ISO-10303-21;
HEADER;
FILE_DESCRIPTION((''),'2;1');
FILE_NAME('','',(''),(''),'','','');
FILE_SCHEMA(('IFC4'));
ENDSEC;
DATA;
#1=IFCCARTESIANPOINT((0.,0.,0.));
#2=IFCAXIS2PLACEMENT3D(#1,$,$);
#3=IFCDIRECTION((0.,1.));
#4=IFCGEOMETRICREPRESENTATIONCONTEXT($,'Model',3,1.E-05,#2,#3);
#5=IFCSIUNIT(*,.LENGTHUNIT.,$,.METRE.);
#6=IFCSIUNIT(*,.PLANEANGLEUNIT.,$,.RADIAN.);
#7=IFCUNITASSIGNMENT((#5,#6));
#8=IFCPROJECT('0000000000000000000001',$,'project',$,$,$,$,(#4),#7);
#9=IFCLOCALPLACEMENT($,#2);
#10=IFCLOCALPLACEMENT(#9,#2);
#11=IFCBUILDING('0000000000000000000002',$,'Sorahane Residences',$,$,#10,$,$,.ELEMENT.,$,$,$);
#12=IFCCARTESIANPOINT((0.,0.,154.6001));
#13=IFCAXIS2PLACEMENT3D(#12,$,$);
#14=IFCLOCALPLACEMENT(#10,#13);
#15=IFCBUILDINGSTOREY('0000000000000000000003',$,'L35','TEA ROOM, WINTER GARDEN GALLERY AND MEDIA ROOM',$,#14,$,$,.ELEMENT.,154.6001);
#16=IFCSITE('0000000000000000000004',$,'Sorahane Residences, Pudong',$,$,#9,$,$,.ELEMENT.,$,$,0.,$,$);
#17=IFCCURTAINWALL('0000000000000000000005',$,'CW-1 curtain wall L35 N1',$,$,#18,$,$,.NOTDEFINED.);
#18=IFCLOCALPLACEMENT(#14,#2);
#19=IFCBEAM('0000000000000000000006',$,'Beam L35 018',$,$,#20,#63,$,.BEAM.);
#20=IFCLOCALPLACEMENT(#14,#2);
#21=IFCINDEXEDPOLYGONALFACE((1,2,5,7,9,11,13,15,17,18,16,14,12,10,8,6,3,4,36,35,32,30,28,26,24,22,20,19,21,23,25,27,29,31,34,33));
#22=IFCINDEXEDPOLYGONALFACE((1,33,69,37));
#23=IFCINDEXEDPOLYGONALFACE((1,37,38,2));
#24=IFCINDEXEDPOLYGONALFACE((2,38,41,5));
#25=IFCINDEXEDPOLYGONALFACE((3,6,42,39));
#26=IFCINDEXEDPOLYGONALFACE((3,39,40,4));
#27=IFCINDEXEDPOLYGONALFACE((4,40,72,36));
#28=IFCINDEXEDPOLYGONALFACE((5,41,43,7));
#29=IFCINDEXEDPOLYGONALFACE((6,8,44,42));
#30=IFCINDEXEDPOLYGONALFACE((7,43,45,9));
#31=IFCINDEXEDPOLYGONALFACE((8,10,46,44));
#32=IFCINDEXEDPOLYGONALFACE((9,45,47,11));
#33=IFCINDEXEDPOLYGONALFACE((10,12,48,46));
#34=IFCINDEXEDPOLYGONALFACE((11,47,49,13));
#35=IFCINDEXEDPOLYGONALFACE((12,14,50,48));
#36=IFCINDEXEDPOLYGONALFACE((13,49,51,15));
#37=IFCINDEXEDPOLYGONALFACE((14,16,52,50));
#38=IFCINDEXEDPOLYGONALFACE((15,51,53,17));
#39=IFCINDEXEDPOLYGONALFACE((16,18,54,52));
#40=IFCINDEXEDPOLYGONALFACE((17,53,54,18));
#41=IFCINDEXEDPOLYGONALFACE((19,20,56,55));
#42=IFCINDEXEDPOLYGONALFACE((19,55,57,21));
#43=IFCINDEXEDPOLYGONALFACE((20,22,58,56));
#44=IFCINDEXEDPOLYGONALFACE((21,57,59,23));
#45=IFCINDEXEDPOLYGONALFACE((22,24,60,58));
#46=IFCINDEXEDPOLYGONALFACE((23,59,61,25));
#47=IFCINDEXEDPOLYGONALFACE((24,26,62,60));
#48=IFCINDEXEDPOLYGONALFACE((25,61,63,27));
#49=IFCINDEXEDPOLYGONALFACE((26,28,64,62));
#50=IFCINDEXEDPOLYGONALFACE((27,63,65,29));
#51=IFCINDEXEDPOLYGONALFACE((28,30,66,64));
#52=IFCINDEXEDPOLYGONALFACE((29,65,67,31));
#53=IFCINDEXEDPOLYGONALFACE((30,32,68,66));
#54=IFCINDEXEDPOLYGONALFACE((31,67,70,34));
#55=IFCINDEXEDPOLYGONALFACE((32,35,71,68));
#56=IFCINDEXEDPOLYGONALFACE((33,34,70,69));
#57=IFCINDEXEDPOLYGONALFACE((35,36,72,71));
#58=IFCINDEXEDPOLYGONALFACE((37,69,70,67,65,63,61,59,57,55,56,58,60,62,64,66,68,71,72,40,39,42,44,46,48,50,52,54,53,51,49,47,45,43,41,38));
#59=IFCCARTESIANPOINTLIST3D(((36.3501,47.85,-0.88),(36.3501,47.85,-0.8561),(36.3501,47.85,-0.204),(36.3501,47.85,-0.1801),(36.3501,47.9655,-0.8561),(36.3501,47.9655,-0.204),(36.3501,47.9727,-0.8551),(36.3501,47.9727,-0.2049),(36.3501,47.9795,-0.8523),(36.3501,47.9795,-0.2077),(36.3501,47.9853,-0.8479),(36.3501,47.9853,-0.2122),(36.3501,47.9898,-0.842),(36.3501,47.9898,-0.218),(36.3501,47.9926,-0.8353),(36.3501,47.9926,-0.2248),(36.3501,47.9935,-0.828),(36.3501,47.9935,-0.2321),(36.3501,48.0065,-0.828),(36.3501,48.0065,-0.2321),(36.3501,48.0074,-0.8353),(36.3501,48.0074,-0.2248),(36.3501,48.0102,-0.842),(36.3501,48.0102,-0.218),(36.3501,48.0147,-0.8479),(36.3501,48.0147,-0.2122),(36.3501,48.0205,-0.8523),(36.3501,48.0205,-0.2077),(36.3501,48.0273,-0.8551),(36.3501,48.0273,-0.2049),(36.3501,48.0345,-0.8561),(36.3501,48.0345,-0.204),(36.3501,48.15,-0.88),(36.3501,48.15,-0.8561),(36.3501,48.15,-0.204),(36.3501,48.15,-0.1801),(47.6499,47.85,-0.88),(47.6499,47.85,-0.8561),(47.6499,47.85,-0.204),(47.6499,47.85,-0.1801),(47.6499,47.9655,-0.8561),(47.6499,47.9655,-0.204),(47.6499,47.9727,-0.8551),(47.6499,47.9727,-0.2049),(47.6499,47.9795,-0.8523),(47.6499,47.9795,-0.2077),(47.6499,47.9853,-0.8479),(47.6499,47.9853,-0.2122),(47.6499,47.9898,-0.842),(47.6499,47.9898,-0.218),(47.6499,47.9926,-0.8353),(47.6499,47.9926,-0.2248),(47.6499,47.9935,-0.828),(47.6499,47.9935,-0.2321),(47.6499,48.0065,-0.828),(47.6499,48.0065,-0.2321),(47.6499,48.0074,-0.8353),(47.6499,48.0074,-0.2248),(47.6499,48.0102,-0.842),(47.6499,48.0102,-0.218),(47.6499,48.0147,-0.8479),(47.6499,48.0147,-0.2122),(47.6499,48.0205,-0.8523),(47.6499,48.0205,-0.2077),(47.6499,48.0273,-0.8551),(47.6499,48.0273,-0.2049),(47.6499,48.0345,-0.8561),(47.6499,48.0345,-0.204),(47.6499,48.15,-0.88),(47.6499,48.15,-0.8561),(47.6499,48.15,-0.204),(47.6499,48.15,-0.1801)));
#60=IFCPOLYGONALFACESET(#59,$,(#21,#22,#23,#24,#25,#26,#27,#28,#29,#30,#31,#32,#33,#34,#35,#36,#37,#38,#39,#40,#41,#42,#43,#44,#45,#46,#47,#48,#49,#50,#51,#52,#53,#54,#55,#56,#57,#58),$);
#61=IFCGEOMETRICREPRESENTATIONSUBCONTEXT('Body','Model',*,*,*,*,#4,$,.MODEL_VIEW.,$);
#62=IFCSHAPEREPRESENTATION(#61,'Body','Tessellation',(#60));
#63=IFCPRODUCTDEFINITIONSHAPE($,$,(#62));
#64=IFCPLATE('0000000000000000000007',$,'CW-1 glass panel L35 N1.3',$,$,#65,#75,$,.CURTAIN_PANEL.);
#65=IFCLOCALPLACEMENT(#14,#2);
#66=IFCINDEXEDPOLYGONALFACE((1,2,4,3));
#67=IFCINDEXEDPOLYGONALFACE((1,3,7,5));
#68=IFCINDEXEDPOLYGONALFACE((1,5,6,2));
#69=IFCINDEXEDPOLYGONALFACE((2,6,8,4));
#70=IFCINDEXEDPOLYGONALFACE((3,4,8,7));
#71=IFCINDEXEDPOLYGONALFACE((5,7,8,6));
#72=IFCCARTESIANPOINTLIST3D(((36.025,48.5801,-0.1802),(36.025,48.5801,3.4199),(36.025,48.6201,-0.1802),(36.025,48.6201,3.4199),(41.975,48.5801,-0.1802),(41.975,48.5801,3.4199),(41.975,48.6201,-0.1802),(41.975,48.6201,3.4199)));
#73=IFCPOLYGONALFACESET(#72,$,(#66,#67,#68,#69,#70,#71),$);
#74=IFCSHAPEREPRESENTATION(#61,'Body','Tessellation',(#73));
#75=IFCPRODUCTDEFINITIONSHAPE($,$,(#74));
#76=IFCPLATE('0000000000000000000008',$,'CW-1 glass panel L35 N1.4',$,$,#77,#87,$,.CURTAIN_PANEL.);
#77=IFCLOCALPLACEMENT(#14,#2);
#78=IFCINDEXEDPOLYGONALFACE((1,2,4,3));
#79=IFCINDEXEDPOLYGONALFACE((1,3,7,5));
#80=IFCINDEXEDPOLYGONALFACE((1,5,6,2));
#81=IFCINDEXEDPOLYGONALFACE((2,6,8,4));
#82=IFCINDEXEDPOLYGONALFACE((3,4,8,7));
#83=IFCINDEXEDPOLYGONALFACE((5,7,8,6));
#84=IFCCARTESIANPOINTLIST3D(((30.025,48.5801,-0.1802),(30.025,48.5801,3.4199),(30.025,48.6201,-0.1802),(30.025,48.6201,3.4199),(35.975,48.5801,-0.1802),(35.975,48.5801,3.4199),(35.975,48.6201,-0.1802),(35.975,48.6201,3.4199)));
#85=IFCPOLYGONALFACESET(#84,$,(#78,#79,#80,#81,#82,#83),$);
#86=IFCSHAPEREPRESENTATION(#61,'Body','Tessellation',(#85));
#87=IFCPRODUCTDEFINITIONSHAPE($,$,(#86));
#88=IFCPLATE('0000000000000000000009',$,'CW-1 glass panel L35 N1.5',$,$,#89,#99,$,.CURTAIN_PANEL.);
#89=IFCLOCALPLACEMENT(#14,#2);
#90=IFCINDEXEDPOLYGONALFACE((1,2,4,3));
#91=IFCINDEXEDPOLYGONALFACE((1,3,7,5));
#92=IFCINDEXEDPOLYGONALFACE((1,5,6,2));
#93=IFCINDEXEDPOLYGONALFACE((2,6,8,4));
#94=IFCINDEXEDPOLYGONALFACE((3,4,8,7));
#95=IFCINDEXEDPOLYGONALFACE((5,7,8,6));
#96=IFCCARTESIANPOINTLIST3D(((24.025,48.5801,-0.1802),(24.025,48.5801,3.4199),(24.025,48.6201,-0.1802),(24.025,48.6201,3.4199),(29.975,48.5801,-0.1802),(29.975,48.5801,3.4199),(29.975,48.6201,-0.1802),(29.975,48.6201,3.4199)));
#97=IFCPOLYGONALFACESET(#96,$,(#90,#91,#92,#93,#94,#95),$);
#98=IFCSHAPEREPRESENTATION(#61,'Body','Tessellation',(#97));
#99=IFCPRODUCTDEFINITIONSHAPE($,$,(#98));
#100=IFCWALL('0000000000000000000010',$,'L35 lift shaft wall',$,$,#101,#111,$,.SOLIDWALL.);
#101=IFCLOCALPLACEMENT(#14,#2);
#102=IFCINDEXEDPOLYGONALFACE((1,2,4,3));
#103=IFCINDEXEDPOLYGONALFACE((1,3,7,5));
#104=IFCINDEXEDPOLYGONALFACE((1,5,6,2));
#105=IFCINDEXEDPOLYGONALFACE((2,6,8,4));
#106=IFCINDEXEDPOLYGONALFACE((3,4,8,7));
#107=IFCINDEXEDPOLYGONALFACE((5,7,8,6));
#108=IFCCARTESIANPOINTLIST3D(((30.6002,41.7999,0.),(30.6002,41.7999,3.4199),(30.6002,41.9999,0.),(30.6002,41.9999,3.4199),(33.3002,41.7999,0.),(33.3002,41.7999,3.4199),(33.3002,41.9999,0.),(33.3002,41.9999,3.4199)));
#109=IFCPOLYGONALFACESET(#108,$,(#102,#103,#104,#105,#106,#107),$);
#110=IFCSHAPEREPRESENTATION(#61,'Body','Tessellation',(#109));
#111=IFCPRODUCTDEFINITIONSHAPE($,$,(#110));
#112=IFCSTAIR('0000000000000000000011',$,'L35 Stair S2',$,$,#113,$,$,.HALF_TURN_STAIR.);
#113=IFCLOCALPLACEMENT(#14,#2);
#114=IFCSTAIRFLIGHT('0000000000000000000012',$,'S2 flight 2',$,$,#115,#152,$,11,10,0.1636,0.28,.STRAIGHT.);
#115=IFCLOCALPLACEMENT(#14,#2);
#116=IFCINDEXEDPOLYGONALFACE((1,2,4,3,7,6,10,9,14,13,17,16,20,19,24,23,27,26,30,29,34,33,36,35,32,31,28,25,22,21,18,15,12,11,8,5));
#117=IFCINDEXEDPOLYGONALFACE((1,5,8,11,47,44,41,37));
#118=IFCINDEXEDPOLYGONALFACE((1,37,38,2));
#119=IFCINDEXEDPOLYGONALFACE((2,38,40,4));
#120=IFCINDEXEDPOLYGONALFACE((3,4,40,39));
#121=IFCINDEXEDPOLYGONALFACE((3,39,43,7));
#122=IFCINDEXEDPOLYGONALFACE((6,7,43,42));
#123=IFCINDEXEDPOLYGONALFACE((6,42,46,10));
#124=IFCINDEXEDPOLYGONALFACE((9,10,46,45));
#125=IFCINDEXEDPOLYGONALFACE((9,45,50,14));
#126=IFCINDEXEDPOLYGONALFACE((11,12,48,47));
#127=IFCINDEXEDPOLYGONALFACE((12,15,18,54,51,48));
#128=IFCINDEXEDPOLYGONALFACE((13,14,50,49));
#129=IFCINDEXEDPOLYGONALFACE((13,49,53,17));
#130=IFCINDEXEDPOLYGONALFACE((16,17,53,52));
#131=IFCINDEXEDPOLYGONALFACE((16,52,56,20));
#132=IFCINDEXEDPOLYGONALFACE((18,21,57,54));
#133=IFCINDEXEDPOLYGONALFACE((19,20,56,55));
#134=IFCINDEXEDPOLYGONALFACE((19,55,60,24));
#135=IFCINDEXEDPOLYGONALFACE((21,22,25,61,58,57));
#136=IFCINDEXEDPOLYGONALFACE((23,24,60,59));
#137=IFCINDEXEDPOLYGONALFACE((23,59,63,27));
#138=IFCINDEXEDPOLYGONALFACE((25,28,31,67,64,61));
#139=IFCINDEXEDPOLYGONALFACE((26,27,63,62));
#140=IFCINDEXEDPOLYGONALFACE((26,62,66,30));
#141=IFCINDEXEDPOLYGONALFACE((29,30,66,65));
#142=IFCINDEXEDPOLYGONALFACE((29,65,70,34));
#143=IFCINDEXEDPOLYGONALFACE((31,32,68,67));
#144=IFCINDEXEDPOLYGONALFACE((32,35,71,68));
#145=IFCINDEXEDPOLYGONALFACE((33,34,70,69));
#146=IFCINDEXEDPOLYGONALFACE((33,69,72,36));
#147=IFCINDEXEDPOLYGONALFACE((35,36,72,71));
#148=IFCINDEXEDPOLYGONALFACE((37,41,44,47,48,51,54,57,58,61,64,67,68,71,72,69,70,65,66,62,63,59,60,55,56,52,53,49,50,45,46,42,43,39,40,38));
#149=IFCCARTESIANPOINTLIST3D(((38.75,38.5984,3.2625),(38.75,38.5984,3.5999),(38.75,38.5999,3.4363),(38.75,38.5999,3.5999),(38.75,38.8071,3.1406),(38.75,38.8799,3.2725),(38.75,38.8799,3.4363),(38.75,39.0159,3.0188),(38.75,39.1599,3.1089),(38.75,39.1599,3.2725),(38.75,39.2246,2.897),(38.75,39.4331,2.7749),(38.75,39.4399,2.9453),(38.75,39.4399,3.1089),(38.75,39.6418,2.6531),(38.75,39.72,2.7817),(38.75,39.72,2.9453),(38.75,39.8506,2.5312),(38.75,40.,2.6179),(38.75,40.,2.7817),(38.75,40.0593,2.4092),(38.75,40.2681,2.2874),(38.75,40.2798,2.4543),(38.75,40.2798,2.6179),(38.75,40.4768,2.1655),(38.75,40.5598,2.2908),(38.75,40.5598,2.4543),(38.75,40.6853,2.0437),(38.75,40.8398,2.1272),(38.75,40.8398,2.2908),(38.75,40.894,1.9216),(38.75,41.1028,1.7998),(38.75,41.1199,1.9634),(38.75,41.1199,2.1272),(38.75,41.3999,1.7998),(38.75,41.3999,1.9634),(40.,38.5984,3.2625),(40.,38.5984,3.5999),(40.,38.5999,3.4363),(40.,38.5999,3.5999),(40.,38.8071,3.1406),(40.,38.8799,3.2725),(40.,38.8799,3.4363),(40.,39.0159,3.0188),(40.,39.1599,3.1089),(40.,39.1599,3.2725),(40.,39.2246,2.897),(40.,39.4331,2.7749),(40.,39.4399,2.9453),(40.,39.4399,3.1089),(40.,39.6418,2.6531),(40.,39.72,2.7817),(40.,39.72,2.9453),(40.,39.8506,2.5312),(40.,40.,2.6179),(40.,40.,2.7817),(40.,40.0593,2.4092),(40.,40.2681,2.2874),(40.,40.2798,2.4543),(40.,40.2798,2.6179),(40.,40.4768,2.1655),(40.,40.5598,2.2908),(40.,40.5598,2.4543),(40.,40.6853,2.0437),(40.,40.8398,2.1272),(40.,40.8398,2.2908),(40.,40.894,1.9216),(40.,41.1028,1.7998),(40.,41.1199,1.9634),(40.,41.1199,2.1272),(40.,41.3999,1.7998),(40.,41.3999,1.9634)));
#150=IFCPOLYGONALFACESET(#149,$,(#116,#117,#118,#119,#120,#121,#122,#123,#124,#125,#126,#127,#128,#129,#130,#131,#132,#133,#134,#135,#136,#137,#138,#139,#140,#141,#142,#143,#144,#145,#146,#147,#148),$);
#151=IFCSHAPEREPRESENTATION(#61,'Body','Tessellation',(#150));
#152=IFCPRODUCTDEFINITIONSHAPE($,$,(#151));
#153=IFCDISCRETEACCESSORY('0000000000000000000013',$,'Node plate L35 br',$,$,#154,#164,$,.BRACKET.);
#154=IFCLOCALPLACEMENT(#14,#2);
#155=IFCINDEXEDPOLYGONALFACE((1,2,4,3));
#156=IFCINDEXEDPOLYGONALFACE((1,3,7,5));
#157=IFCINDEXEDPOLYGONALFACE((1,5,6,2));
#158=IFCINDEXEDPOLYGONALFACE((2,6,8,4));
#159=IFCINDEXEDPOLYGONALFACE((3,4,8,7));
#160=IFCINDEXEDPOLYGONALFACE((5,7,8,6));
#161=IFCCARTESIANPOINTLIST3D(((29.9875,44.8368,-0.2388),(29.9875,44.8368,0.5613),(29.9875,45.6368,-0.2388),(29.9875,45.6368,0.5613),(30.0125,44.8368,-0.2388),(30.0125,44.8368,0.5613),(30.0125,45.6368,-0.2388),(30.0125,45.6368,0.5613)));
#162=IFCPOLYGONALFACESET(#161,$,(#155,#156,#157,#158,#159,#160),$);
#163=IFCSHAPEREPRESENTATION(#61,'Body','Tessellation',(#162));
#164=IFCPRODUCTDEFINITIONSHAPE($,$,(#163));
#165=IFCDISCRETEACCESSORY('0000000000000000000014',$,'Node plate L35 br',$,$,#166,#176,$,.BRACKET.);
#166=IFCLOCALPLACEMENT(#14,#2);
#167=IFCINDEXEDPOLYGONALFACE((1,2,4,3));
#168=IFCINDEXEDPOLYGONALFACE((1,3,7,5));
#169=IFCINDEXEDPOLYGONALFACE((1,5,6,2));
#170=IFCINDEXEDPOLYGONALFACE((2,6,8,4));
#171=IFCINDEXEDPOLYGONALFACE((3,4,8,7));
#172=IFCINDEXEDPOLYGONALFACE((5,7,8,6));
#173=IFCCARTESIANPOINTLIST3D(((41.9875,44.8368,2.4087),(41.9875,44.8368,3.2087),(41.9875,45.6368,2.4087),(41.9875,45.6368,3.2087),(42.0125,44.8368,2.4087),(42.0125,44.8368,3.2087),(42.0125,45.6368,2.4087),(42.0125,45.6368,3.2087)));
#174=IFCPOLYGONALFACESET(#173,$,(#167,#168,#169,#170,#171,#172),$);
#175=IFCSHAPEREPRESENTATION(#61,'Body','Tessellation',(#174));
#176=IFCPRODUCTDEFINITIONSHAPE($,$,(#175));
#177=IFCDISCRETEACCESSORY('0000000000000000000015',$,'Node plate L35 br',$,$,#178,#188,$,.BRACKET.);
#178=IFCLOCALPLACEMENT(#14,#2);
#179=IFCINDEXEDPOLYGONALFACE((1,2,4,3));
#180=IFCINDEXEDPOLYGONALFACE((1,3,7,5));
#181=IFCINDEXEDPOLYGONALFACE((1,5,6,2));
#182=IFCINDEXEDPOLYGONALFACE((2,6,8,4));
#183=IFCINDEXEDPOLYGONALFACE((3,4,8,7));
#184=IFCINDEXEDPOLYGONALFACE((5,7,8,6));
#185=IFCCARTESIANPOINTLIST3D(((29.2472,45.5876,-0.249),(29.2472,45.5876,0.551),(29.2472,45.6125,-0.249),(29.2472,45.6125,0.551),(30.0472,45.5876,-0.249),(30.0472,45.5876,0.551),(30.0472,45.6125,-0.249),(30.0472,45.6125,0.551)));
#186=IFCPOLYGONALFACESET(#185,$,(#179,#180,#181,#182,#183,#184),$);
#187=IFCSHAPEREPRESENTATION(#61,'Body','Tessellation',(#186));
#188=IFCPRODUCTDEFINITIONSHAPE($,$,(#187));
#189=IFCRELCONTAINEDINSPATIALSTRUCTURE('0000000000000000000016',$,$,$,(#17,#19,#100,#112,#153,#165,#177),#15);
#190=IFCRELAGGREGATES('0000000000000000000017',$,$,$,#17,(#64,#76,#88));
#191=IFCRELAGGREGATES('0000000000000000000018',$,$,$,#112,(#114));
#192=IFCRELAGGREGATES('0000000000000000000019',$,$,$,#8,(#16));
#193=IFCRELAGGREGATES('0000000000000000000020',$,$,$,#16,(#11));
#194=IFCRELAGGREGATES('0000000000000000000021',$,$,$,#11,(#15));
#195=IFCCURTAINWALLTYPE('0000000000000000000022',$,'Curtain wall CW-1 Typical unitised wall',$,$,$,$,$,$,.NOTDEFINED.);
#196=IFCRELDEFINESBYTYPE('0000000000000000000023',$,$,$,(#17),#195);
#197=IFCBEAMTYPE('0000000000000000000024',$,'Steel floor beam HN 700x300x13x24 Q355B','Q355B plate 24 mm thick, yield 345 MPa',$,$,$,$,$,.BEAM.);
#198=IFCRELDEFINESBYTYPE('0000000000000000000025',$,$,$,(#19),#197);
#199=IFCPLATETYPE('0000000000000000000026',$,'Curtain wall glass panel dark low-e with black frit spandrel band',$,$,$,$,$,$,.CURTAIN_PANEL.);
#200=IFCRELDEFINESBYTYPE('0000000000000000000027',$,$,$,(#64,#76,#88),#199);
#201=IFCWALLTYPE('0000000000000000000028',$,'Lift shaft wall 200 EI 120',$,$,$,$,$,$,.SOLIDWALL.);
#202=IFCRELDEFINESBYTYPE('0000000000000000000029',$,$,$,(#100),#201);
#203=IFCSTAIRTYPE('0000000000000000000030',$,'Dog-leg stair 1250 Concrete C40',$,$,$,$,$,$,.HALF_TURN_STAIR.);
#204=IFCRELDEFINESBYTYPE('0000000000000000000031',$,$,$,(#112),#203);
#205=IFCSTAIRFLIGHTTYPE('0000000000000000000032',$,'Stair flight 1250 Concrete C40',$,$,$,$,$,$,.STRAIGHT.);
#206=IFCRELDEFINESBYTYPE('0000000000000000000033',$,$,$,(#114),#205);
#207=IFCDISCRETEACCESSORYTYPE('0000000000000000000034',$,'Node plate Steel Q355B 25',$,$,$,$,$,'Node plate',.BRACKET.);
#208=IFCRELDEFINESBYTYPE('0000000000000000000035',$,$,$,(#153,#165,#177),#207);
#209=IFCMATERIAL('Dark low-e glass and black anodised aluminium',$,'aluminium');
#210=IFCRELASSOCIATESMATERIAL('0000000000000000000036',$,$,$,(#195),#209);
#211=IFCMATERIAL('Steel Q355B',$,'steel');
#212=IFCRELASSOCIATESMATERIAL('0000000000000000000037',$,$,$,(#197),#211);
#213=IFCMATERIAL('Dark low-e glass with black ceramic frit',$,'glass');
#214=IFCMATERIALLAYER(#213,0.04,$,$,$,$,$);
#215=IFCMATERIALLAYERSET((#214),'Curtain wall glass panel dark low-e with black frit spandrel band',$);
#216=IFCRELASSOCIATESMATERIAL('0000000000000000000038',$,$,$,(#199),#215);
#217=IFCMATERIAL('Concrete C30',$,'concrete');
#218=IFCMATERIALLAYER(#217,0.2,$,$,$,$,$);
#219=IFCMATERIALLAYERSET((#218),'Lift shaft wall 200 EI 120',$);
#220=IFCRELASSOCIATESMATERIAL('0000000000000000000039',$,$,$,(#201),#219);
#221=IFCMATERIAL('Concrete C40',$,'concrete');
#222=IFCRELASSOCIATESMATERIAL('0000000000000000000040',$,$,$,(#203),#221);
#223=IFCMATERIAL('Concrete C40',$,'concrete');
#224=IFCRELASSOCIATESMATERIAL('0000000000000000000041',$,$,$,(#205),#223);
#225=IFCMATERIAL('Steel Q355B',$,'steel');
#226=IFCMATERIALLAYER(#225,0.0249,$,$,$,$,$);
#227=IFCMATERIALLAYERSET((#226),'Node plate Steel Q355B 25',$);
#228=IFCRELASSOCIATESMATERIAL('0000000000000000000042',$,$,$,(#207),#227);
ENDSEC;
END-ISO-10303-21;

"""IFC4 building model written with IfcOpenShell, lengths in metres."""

from ifc_helpers import new_model, si_unit, direction, frame, frame_2d, origin, origin_2d, place, context, subcontext, project, spatial, polyline, rectangle, i_section, outline, extrude, material, layer, layer_set, material_profile, profile_set, type_object, element, aggregate, save


model = new_model("IFC4")

# Units and contexts
model_context = context("Model", 3, precision=1e-05, world=origin(), true_north=direction((0.0, 1.0)))
body_context = subcontext(model_context, "Body", "Model", "MODEL_VIEW")
ifc_project = project(units=[si_unit("LENGTHUNIT", "METRE"), si_unit("PLANEANGLEUNIT", "RADIAN")], contexts=[model_context])

# Site, building, storey
site_placement = place(None, origin())
site = spatial("IfcSite", under=ifc_project, at=site_placement, Name="Sorahane Residences, Pudong", CompositionType="ELEMENT", RefElevation=0.0)
building_placement = place(site_placement, origin())
building = spatial("IfcBuilding", under=site, at=building_placement, Name="Sorahane Residences", CompositionType="ELEMENT")
storey_placement = place(building_placement, frame((0.0, 0.0, 154.6001)))
storey = spatial("IfcBuildingStorey", under=building, at=storey_placement, Name="L35", Description="TEA ROOM, WINTER GARDEN GALLERY AND MEDIA ROOM", CompositionType="ELEMENT", Elevation=154.6001)

# Curtain wall
ifc_material_1 = material(Name="Dark low-e glass and black anodised aluminium", Category="aluminium")
curtain_wall_type = type_object("IfcCurtainWallType", Name="Curtain wall CW-1 Typical unitised wall", PredefinedType="NOTDEFINED", material=ifc_material_1)
curtain_wall_placement = place(storey_placement, origin())
curtain_wall = element("IfcCurtainWall", 1, at=curtain_wall_placement, inside=storey, type_object=curtain_wall_type, Name="CW-1 curtain wall L35 N1", PredefinedType="NOTDEFINED")

# Beam
ifc_material_2 = material(Name="Steel Q355B", Category="steel")
ifc_material_profile_1 = material_profile(ifc_material_2, i_section(OverallWidth=0.3, OverallDepth=0.7, WebThickness=0.0129, FlangeThickness=0.0239, FilletRadius=0.0281, at=origin_2d()), Name="HN 700x300x13x24")
ifc_profile_set_1 = profile_set([ifc_material_profile_1], Name="Steel Q355B")
beam_type_1 = type_object("IfcBeamType", Name="Steel floor beam HN 700x300x13x24 Q355B", Description="Q355B plate 24 mm thick, yield 345 MPa", PredefinedType="BEAM", material=ifc_profile_set_1)
beam_1_placement = place(storey_placement, frame((36.3501, 48.0, -0.53), z_axis=(1.0, 0.0, 0.0), x_axis=(0.0, 1.0, 0.0)))
element("IfcBeam", 2, at=beam_1_placement, inside=storey, type_object=beam_type_1, Name="Beam L35 018", PredefinedType="BEAM", context=body_context, shape_type="SweptSolid", body=[
    extrude(i_section(OverallWidth=0.3, OverallDepth=0.7, WebThickness=0.0129, FlangeThickness=0.0239, FilletRadius=0.0281, at=origin_2d()), origin(), (0.0, 0.0, 1.0), 11.2998),
])

# Plates
ifc_material_3 = material(Name="Dark low-e glass with black ceramic frit", Category="glass")
ifc_layer_1 = layer(ifc_material_3, 0.04)
ifc_layer_set_1 = layer_set([ifc_layer_1], Name="Curtain wall glass panel dark low-e with black frit spandrel band")
plate_type = type_object("IfcPlateType", Name="Curtain wall glass panel dark low-e with black frit spandrel band", PredefinedType="CURTAIN_PANEL", material=ifc_layer_set_1)
plate_1_placement = place(storey_placement, frame((39.0, 48.6001, -0.1802), z_axis=(0.0, 0.0, 1.0), x_axis=(-1.0, 0.0, 0.0)))
plate_1 = element("IfcPlate", 3, at=plate_1_placement, type_object=plate_type, Name="CW-1 glass panel L35 N1.3", PredefinedType="CURTAIN_PANEL", context=body_context, shape_type="SweptSolid", body=[
    extrude(rectangle(XDim=5.95, YDim=0.04, at=origin_2d()), origin(), (0.0, 0.0, 1.0), 3.6001),
])
plate_2_placement = place(storey_placement, frame((33.0, 48.6001, -0.1802), z_axis=(0.0, 0.0, 1.0), x_axis=(-1.0, 0.0, 0.0)))
plate_2 = element("IfcPlate", 4, at=plate_2_placement, type_object=plate_type, Name="CW-1 glass panel L35 N1.4", PredefinedType="CURTAIN_PANEL", context=body_context, shape_type="SweptSolid", body=[
    extrude(rectangle(XDim=5.95, YDim=0.04, at=origin_2d()), origin(), (0.0, 0.0, 1.0), 3.6001),
])
plate_3_placement = place(storey_placement, frame((27.0, 48.6001, -0.1802), z_axis=(0.0, 0.0, 1.0), x_axis=(-1.0, 0.0, 0.0)))
plate_3 = element("IfcPlate", 5, at=plate_3_placement, type_object=plate_type, Name="CW-1 glass panel L35 N1.5", PredefinedType="CURTAIN_PANEL", context=body_context, shape_type="SweptSolid", body=[
    extrude(rectangle(XDim=5.95, YDim=0.04, at=origin_2d()), origin(), (0.0, 0.0, 1.0), 3.6001),
])
aggregate(curtain_wall, [plate_1, plate_2, plate_3])

# Wall
ifc_material_4 = material(Name="Concrete C30", Category="concrete")
ifc_layer_2 = layer(ifc_material_4, 0.2)
ifc_layer_set_2 = layer_set([ifc_layer_2], Name="Lift shaft wall 200 EI 120")
wall_type = type_object("IfcWallType", Name="Lift shaft wall 200 EI 120", PredefinedType="SOLIDWALL", material=ifc_layer_set_2)
wall_placement = place(storey_placement, frame((30.6001, 41.8999, 0.0), z_axis=(0.0, 0.0, 1.0), x_axis=(1.0, 0.0, 0.0)))
element("IfcWall", 6, at=wall_placement, inside=storey, type_object=wall_type, Name="L35 lift shaft wall", PredefinedType="SOLIDWALL", context=body_context, shape_type="SweptSolid", body=[
    extrude(rectangle(XDim=2.7, YDim=0.2, at=frame_2d((1.3501, 0.0))), origin(), (0.0, 0.0, 1.0), 3.4199),
])

# Stair, stair flight
ifc_material_5 = material(Name="Concrete C40", Category="concrete")
stair_type = type_object("IfcStairType", Name="Dog-leg stair 1250 Concrete C40", PredefinedType="HALF_TURN_STAIR", material=ifc_material_5)
stair_placement = place(storey_placement, origin())
stair = element("IfcStair", 7, at=stair_placement, inside=storey, type_object=stair_type, Name="L35 Stair S2", PredefinedType="HALF_TURN_STAIR")
ifc_material_6 = material(Name="Concrete C40", Category="concrete")
stair_flight_type = type_object("IfcStairFlightType", Name="Stair flight 1250 Concrete C40", PredefinedType="STRAIGHT", material=ifc_material_6)
stair_flight_placement = place(storey_placement, frame((39.375, 41.3999, 1.7998), z_axis=(0.0, 0.0, 1.0), x_axis=(0.0, -1.0, 0.0)))
stair_flight = element("IfcStairFlight", 8, at=stair_flight_placement, type_object=stair_flight_type, Name="S2 flight 2", NumberOfRisers=11, NumberOfTreads=10, PredefinedType="STRAIGHT", RiserHeight=0.1636, TreadLength=0.28, context=body_context, shape_type="SweptSolid", body=[
    extrude(outline(polyline([(0.0, 0.0), (0.0, 0.1636), (0.28, 0.1636), (0.28, 0.3274), (0.5601, 0.3274), (0.5601, 0.491), (0.8401, 0.491), (0.8401, 0.6545), (1.1201, 0.6545), (1.1201, 0.8181), (1.3999, 0.8181), (1.3999, 0.9819), (1.6799, 0.9819), (1.6799, 1.1455), (1.96, 1.1455), (1.96, 1.3091), (2.24, 1.3091), (2.24, 1.4727), (2.52, 1.4727), (2.52, 1.6365), (2.8, 1.6365), (2.8, 1.8), (2.8015, 1.8), (2.8015, 1.4626), (2.5928, 1.3408), (2.384, 1.219), (2.1753, 1.0972), (1.9668, 0.9751), (1.7581, 0.8533), (1.5493, 0.7314), (1.3406, 0.6094), (1.1318, 0.4875), (0.9231, 0.3657), (0.7146, 0.2439), (0.5059, 0.1218), (0.2971, 0.0), (0.0, 0.0)])), frame((0.0, 0.625, 0.0), z_axis=(0.0, -1.0, 0.0), x_axis=(1.0, 0.0, 0.0)), (0.0, 0.0, 1.0), 1.25),
])
aggregate(stair, [stair_flight])

# Discrete accessories
ifc_material_7 = material(Name="Steel Q355B", Category="steel")
ifc_layer_3 = layer(ifc_material_7, 0.0249)
ifc_layer_set_3 = layer_set([ifc_layer_3], Name="Node plate Steel Q355B 25")
discrete_accessory_type = type_object("IfcDiscreteAccessoryType", Name="Node plate Steel Q355B 25", ElementType="Node plate", PredefinedType="BRACKET", material=ifc_layer_set_3)
for number, where, z_axis, x_axis, name in (
    (9, (30.0, 45.2368, -0.2388), (0.0, 0.0, 1.0), (0.0, 1.0, 0.0), "Node plate L35 br"),
    (10, (42.0, 45.2368, 2.4087), (0.0, 0.0, 1.0), (0.0, 1.0, 0.0), "Node plate L35 br"),
    (11, (29.6472, 45.6001, -0.249), (0.0, 0.0, 1.0), (1.0, 0.0, 0.0), "Node plate L35 br"),
):
    element("IfcDiscreteAccessory", number, at=place(storey_placement, frame(where, z_axis=z_axis, x_axis=x_axis)), inside=storey, type_object=discrete_accessory_type, Name=name, PredefinedType="BRACKET", context=body_context, shape_type="SweptSolid", body=[
        extrude(rectangle(XDim=0.8, YDim=0.0249, at=origin_2d()), origin(), (0.0, 0.0, 1.0), 0.8),
    ])

save(model, "model.ifc")
